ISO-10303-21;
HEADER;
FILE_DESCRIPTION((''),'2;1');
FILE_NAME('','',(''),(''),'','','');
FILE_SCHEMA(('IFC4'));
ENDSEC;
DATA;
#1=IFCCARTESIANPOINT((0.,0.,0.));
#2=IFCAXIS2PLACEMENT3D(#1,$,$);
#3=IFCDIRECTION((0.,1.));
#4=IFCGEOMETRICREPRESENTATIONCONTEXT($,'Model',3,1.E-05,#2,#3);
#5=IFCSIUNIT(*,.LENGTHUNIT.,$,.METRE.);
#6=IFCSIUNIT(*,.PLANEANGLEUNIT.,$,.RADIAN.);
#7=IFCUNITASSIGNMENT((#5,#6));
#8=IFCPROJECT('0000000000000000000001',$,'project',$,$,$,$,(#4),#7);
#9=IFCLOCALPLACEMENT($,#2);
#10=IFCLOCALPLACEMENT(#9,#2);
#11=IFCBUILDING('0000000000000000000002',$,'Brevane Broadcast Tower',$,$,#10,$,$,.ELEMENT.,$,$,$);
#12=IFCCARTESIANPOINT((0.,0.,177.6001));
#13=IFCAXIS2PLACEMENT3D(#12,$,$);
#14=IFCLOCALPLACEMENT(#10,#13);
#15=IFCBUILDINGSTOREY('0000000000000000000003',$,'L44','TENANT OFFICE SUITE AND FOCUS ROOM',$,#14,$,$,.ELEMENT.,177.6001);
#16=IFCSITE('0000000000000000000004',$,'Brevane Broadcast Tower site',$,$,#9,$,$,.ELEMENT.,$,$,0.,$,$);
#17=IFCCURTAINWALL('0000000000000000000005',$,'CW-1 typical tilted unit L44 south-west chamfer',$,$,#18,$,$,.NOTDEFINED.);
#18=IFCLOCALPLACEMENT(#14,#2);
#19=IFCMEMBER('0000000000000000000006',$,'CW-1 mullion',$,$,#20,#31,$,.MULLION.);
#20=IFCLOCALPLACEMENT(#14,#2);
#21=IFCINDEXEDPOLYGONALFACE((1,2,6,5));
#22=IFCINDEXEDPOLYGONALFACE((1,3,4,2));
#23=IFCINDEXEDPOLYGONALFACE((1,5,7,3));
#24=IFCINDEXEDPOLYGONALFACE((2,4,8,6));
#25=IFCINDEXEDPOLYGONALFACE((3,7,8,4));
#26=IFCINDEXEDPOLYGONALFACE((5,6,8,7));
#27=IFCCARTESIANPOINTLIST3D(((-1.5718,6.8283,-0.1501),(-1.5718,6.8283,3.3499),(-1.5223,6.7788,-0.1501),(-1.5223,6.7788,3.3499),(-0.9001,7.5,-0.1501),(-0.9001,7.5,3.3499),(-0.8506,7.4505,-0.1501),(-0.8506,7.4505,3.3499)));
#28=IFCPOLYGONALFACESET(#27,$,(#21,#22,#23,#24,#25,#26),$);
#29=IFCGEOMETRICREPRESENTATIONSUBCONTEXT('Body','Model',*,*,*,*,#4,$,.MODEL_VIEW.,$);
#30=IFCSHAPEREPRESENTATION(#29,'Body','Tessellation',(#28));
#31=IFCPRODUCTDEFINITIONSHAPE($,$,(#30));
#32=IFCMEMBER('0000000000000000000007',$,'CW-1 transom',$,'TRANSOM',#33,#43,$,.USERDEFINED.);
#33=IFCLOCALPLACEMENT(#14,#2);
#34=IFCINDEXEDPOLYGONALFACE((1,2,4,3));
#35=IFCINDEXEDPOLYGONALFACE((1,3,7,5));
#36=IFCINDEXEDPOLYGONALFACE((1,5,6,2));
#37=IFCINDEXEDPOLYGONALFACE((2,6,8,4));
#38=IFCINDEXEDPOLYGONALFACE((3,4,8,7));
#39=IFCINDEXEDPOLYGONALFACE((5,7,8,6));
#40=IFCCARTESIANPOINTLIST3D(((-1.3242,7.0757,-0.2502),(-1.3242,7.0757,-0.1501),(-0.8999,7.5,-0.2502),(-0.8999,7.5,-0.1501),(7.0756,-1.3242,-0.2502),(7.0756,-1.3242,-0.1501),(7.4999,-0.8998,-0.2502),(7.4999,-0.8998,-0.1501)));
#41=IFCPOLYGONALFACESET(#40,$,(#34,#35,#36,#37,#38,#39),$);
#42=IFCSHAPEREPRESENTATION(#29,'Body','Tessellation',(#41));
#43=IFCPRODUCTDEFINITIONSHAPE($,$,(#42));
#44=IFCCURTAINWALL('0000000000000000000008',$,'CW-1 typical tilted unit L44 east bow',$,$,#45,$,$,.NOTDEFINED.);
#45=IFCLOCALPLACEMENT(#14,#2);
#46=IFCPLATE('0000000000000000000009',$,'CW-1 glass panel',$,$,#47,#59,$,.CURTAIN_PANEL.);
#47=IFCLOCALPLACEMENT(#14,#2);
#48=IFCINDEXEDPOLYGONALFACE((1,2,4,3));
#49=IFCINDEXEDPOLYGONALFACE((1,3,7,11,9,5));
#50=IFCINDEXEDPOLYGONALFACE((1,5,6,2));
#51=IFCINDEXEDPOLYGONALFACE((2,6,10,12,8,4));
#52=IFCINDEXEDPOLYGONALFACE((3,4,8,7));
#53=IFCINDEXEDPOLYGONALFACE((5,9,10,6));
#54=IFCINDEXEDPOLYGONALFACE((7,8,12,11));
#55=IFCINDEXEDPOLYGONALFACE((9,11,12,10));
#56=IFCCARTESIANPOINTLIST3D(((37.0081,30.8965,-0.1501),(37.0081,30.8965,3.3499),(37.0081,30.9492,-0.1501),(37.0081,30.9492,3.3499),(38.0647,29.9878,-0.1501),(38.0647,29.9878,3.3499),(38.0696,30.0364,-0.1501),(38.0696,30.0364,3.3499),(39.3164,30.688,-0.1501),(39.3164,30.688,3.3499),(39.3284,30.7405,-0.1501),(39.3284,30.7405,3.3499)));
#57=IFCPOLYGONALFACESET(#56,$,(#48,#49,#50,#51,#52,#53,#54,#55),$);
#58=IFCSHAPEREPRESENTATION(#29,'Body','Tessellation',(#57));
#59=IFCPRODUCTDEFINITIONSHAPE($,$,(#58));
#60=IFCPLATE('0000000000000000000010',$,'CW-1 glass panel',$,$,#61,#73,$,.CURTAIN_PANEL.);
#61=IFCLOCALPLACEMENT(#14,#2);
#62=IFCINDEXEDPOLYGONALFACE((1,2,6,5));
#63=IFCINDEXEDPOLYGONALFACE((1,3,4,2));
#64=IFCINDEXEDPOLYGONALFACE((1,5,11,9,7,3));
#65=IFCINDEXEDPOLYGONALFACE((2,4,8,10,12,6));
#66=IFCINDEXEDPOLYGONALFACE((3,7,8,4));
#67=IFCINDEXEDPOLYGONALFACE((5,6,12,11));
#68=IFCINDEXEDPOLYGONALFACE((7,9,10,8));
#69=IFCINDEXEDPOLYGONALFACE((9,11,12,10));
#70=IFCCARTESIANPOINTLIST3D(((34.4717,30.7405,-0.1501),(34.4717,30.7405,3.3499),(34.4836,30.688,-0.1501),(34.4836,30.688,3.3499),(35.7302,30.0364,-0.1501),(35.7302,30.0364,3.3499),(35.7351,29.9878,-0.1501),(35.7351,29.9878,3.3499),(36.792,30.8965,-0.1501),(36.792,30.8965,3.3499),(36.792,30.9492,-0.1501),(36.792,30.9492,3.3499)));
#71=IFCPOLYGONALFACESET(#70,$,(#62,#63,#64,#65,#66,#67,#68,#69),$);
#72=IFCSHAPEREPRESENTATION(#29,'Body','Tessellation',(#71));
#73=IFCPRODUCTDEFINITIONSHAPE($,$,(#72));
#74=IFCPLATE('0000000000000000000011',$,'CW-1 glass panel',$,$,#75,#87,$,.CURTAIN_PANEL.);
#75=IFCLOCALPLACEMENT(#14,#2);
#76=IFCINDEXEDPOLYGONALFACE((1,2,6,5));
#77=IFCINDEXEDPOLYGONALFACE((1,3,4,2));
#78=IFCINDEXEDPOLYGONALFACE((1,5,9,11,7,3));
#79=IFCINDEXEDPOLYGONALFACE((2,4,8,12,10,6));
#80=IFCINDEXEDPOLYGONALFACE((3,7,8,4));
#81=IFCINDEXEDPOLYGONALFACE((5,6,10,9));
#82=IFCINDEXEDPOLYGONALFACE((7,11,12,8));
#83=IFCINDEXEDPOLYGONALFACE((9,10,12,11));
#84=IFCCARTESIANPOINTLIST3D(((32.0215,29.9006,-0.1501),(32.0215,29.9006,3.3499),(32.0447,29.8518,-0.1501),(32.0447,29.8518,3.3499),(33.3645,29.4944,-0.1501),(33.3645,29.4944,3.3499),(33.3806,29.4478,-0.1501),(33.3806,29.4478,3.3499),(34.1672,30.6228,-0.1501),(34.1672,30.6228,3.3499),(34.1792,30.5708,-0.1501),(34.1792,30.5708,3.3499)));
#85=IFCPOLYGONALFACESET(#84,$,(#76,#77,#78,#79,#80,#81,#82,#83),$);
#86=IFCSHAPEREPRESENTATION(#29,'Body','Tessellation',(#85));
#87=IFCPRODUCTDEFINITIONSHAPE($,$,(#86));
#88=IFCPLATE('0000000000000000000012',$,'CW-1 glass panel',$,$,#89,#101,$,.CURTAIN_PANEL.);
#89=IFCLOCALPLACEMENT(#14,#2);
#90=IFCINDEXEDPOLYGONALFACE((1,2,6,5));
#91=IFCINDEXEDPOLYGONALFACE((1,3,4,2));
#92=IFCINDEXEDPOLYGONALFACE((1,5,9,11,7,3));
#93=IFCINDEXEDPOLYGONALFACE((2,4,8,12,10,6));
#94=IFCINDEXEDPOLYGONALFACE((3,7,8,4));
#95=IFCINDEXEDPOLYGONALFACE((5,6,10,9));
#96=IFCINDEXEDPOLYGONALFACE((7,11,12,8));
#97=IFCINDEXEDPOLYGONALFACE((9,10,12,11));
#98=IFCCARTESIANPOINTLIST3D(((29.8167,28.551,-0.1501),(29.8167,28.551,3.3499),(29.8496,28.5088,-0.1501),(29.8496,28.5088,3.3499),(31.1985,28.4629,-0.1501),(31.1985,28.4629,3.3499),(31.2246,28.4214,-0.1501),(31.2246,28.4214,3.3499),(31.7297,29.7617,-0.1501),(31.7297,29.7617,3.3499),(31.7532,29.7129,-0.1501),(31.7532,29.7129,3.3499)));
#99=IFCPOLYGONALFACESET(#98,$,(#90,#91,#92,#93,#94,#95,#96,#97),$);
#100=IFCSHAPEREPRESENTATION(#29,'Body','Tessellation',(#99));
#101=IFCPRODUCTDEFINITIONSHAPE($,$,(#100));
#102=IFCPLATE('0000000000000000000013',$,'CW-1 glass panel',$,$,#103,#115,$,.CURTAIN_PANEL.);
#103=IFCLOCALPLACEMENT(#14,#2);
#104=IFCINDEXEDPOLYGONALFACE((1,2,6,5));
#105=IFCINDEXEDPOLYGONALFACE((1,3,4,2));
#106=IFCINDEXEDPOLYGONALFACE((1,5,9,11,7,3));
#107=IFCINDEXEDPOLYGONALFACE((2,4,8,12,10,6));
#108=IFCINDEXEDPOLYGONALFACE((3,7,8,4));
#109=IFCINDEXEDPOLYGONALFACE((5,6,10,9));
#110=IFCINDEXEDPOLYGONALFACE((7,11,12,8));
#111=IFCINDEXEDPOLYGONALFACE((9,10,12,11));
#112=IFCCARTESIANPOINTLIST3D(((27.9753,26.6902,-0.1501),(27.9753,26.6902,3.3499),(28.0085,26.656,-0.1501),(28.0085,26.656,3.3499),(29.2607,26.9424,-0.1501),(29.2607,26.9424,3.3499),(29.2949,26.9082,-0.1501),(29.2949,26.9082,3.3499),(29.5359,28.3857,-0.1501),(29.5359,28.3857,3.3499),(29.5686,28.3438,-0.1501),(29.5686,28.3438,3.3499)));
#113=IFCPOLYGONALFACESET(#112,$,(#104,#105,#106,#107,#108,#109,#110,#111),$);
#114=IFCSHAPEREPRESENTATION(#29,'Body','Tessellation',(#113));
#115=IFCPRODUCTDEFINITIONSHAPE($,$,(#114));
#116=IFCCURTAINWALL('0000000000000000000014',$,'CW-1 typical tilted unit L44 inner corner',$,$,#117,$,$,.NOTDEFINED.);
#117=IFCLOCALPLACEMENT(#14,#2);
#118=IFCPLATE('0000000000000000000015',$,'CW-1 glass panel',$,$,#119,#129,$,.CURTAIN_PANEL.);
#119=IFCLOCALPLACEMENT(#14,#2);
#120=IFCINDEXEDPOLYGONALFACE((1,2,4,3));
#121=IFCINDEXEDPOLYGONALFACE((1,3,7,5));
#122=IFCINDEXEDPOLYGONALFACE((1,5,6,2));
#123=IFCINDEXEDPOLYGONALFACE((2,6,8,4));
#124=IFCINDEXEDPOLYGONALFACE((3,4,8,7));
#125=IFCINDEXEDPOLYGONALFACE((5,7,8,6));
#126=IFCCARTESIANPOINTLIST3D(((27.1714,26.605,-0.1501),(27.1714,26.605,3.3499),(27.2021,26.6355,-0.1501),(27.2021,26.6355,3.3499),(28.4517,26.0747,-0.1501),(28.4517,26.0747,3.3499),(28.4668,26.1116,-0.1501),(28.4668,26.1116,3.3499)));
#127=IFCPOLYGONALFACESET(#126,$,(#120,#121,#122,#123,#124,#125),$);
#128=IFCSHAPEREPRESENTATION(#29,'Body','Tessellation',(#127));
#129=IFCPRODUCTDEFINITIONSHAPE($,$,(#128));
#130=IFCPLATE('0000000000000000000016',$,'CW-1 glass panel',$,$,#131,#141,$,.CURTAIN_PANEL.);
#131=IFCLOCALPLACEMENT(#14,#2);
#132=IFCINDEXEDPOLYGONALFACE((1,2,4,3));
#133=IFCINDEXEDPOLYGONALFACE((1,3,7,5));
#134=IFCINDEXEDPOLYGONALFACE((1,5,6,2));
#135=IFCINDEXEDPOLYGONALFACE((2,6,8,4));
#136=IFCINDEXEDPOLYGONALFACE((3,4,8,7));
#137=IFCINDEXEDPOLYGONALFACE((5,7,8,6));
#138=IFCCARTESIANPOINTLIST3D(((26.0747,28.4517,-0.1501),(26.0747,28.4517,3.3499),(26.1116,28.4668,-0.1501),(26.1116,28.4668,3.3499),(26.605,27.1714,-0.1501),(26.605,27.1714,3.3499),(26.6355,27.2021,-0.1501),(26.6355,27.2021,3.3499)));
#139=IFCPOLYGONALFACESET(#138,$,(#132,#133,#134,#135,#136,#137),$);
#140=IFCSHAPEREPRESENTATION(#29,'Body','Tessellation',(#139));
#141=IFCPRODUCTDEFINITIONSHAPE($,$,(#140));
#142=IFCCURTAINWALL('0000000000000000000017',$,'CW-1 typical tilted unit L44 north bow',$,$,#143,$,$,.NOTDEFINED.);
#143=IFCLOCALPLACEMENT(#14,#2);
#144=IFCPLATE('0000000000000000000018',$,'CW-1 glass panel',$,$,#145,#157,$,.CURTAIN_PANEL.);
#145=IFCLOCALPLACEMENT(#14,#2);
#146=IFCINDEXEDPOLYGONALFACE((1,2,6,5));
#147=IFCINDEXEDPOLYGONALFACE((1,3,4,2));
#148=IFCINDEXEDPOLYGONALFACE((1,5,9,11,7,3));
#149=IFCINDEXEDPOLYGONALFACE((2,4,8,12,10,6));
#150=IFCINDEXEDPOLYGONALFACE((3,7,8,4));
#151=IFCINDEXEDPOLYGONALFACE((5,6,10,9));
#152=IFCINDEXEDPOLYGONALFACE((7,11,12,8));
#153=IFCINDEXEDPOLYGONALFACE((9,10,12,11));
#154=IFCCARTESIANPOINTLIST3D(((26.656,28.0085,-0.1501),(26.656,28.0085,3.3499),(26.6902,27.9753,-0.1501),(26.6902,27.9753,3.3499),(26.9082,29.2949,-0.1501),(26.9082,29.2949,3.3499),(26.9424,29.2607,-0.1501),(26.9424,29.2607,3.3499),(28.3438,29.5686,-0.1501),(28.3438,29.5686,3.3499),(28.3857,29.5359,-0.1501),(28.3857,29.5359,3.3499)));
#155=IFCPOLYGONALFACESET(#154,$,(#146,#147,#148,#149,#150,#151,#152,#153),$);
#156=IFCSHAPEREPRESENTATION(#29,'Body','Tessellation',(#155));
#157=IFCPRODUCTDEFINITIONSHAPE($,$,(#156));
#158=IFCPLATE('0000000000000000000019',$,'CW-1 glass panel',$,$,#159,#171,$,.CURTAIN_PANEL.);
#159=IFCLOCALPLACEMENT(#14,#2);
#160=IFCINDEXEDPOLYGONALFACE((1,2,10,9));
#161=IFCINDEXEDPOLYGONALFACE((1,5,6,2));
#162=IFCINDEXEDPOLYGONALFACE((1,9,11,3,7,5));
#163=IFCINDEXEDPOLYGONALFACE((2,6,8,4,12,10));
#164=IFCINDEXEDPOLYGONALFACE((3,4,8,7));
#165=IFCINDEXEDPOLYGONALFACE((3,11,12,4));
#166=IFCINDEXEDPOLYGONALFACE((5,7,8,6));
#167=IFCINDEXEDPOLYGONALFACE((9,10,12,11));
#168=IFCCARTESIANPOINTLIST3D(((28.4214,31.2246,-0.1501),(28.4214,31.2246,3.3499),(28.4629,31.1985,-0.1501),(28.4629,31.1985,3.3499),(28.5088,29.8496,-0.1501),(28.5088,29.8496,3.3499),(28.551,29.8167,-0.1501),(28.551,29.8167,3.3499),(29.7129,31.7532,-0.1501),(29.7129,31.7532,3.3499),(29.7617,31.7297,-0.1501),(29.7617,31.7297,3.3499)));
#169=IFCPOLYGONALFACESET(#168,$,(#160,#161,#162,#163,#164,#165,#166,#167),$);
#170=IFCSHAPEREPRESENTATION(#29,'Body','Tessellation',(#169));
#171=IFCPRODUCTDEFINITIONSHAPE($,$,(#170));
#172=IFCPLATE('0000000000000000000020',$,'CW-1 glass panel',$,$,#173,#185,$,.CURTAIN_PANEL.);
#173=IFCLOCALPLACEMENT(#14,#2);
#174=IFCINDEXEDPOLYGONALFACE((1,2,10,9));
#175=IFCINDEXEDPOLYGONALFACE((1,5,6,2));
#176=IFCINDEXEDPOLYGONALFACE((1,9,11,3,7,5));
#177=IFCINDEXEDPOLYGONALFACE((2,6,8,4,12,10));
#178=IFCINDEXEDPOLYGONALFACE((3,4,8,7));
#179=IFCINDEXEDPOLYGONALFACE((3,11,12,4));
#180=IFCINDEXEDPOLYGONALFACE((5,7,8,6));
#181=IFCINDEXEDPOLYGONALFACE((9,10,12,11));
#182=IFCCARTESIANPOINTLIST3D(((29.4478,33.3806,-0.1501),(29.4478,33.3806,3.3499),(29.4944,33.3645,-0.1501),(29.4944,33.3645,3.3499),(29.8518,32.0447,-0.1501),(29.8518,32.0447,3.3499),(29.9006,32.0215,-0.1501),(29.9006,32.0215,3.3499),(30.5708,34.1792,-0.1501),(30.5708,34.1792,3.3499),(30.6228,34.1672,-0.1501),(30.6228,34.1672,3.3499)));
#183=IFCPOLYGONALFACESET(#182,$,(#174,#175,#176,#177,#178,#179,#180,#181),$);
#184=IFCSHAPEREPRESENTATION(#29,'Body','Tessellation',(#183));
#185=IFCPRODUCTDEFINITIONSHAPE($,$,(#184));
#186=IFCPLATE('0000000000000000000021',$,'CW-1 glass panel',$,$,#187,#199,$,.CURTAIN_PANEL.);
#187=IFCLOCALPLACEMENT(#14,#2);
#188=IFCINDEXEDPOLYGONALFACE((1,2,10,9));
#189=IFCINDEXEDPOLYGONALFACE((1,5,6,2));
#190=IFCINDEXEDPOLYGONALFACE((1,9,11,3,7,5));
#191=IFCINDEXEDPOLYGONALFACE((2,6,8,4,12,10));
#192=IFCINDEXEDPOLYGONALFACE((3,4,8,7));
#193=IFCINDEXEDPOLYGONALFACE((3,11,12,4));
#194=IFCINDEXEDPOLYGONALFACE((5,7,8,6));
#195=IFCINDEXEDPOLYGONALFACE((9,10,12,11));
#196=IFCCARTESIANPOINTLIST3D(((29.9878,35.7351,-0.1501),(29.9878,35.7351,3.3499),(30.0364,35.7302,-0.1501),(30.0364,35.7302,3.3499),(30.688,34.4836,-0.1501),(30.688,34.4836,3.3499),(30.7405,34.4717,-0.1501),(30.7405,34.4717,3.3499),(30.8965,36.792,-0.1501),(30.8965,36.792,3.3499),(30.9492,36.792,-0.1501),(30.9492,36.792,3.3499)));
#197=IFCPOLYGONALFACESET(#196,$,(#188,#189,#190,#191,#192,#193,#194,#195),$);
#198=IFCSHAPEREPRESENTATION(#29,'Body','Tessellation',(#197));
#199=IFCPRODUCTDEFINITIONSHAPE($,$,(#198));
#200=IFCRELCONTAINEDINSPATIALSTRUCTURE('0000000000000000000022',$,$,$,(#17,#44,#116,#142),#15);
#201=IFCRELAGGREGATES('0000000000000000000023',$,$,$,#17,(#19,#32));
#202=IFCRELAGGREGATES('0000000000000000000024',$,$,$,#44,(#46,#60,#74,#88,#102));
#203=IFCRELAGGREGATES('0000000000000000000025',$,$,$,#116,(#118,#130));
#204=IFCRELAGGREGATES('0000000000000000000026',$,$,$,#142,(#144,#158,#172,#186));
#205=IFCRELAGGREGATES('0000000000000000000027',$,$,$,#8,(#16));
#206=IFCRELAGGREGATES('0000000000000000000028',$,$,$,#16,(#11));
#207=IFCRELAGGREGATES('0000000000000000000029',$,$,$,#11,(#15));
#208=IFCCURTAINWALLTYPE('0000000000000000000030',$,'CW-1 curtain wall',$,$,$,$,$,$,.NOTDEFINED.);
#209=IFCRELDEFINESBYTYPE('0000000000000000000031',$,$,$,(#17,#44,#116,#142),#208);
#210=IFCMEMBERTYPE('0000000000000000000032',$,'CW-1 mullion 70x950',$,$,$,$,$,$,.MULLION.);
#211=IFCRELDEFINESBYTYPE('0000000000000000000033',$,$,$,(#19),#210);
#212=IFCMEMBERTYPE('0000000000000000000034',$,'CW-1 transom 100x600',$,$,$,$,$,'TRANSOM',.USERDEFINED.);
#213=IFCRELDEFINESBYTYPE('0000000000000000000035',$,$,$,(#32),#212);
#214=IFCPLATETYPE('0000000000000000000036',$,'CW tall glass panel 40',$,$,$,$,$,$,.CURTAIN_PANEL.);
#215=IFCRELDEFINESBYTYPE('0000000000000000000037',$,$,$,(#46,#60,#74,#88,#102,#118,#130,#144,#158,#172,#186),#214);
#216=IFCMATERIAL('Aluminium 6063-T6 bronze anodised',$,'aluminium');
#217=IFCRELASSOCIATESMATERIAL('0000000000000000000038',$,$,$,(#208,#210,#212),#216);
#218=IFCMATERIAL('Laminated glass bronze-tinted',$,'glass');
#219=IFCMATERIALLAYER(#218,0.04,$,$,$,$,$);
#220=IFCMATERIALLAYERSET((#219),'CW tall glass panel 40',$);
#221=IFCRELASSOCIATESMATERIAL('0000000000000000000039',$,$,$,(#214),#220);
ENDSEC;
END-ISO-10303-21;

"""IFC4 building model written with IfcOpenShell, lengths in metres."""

from ifc_helpers import new_model, si_unit, direction, frame, origin, origin_2d, place, context, subcontext, project, spatial, polyline, rectangle, outline, extrude, material, layer, layer_set, material_profile, profile_set, type_object, element, aggregate, save


model = new_model("IFC4")

# Units and contexts
model_context = context("Model", 3, precision=1e-05, world=origin(), true_north=direction((0.0, 1.0)))
body_context = subcontext(model_context, "Body", "Model", "MODEL_VIEW")
ifc_project = project(units=[si_unit("LENGTHUNIT", "METRE"), si_unit("PLANEANGLEUNIT", "RADIAN")], contexts=[model_context])

# Site, building, storey
site_placement = place(None, origin())
site = spatial("IfcSite", under=ifc_project, at=site_placement, Name="Brevane Broadcast Tower site", CompositionType="ELEMENT", RefElevation=0.0)
building_placement = place(site_placement, origin())
building = spatial("IfcBuilding", under=site, at=building_placement, Name="Brevane Broadcast Tower", CompositionType="ELEMENT")
storey_placement = place(building_placement, frame((0.0, 0.0, 177.6001)))
storey = spatial("IfcBuildingStorey", under=building, at=storey_placement, Name="L44", Description="TENANT OFFICE SUITE AND FOCUS ROOM", CompositionType="ELEMENT", Elevation=177.6001)

# Curtain wall, members
ifc_material_1 = material(Name="Aluminium 6063-T6 bronze anodised", Category="aluminium")
curtain_wall_type = type_object("IfcCurtainWallType", Name="CW-1 curtain wall", PredefinedType="NOTDEFINED", material=ifc_material_1)
curtain_wall_1_placement = place(storey_placement, origin())
curtain_wall_1 = element("IfcCurtainWall", 1, at=curtain_wall_1_placement, inside=storey, type_object=curtain_wall_type, Name="CW-1 typical tilted unit L44 south-west chamfer", PredefinedType="NOTDEFINED")
ifc_material_profile_1 = material_profile(ifc_material_1, rectangle(XDim=0.95, YDim=0.0701, at=origin_2d()), Name="RECT 70x950")
ifc_profile_set_1 = profile_set([ifc_material_profile_1], Name="Aluminium 6063-T6 bronze anodised")
member_type_1 = type_object("IfcMemberType", Name="CW-1 mullion 70x950", PredefinedType="MULLION", material=ifc_profile_set_1)
member_1_placement = place(storey_placement, frame((-1.2112, 7.1394, -0.1501), z_axis=(0.0, 0.0, 1.0), x_axis=(0.707107, 0.707107, 0.0)))
member_1 = element("IfcMember", 2, at=member_1_placement, type_object=member_type_1, Name="CW-1 mullion", PredefinedType="MULLION", context=body_context, shape_type="SweptSolid", body=[
    extrude(rectangle(XDim=0.95, YDim=0.0701, at=origin_2d()), origin(), (0.0, 0.0, 1.0), 3.5),
])
ifc_material_profile_2 = material_profile(ifc_material_1, rectangle(XDim=0.6001, YDim=0.1001, at=origin_2d()), Name="RECT 100x600")
ifc_profile_set_2 = profile_set([ifc_material_profile_2], Name="Aluminium 6063-T6 bronze anodised")
member_type_2 = type_object("IfcMemberType", Name="CW-1 transom 100x600", ElementType="TRANSOM", PredefinedType="USERDEFINED", material=ifc_profile_set_2)
member_2_placement = place(storey_placement, frame((-1.1121, 7.2878, -0.2002), z_axis=(0.707107, -0.707107, 0.0), x_axis=(0.707107, 0.707107, 0.0)))
member_2 = element("IfcMember", 3, at=member_2_placement, type_object=member_type_2, Name="CW-1 transom", ObjectType="TRANSOM", PredefinedType="USERDEFINED", context=body_context, shape_type="SweptSolid", body=[
    extrude(rectangle(XDim=0.6001, YDim=0.1001, at=origin_2d()), origin(), (0.0, 0.0, 1.0), 11.8792),
])
aggregate(curtain_wall_1, [member_1, member_2])

# Curtain walls, plates
curtain_wall_2_placement = place(storey_placement, origin())
curtain_wall_2 = element("IfcCurtainWall", 4, at=curtain_wall_2_placement, inside=storey, type_object=curtain_wall_type, Name="CW-1 typical tilted unit L44 east bow", PredefinedType="NOTDEFINED")
ifc_material_2 = material(Name="Laminated glass bronze-tinted", Category="glass")
ifc_layer = layer(ifc_material_2, 0.04)
ifc_layer_set = layer_set([ifc_layer], Name="CW tall glass panel 40")
plate_type = type_object("IfcPlateType", Name="CW tall glass panel 40", PredefinedType="CURTAIN_PANEL", material=ifc_layer_set)
plate_1_placement = place(storey_placement, frame((0.0, 0.0, -0.1501)))
plate_1 = element("IfcPlate", 5, at=plate_1_placement, type_object=plate_type, Name="CW-1 glass panel", PredefinedType="CURTAIN_PANEL", context=body_context, shape_type="SweptSolid", body=[
    extrude(outline(polyline([(39.3164, 30.688), (39.3284, 30.7405), (38.0696, 30.0364), (37.0081, 30.9492), (37.0081, 30.8965), (38.0647, 29.9878), (39.3164, 30.688)])), origin(), (0.0, 0.0, 1.0), 3.5),
])
plate_2_placement = place(storey_placement, frame((0.0, 0.0, -0.1501)))
plate_2 = element("IfcPlate", 6, at=plate_2_placement, type_object=plate_type, Name="CW-1 glass panel", PredefinedType="CURTAIN_PANEL", context=body_context, shape_type="SweptSolid", body=[
    extrude(outline(polyline([(36.792, 30.8965), (36.792, 30.9492), (35.7302, 30.0364), (34.4717, 30.7405), (34.4836, 30.688), (35.7351, 29.9878), (36.792, 30.8965)])), origin(), (0.0, 0.0, 1.0), 3.5),
])
plate_3_placement = place(storey_placement, frame((0.0, 0.0, -0.1501)))
plate_3 = element("IfcPlate", 7, at=plate_3_placement, type_object=plate_type, Name="CW-1 glass panel", PredefinedType="CURTAIN_PANEL", context=body_context, shape_type="SweptSolid", body=[
    extrude(outline(polyline([(34.1792, 30.5708), (34.1672, 30.6228), (33.3645, 29.4944), (32.0215, 29.9006), (32.0447, 29.8518), (33.3806, 29.4478), (34.1792, 30.5708)])), origin(), (0.0, 0.0, 1.0), 3.5),
])
plate_4_placement = place(storey_placement, frame((0.0, 0.0, -0.1501)))
plate_4 = element("IfcPlate", 8, at=plate_4_placement, type_object=plate_type, Name="CW-1 glass panel", PredefinedType="CURTAIN_PANEL", context=body_context, shape_type="SweptSolid", body=[
    extrude(outline(polyline([(31.7532, 29.7129), (31.7297, 29.7617), (31.1985, 28.4629), (29.8167, 28.551), (29.8496, 28.5088), (31.2246, 28.4214), (31.7532, 29.7129)])), origin(), (0.0, 0.0, 1.0), 3.5),
])
plate_5_placement = place(storey_placement, frame((0.0, 0.0, -0.1501)))
plate_5 = element("IfcPlate", 9, at=plate_5_placement, type_object=plate_type, Name="CW-1 glass panel", PredefinedType="CURTAIN_PANEL", context=body_context, shape_type="SweptSolid", body=[
    extrude(outline(polyline([(29.5686, 28.3438), (29.5359, 28.3857), (29.2607, 26.9424), (27.9753, 26.6902), (28.0085, 26.656), (29.2949, 26.9082), (29.5686, 28.3438)])), origin(), (0.0, 0.0, 1.0), 3.5),
])
aggregate(curtain_wall_2, [plate_1, plate_2, plate_3, plate_4, plate_5])
curtain_wall_3_placement = place(storey_placement, origin())
curtain_wall_3 = element("IfcCurtainWall", 10, at=curtain_wall_3_placement, inside=storey, type_object=curtain_wall_type, Name="CW-1 typical tilted unit L44 inner corner", PredefinedType="NOTDEFINED")
plate_6_placement = place(storey_placement, frame((0.0, 0.0, -0.1501)))
plate_6 = element("IfcPlate", 11, at=plate_6_placement, type_object=plate_type, Name="CW-1 glass panel", PredefinedType="CURTAIN_PANEL", context=body_context, shape_type="SweptSolid", body=[
    extrude(outline(polyline([(28.4517, 26.0747), (28.4668, 26.1116), (27.2021, 26.6355), (27.1714, 26.605), (28.4517, 26.0747)])), origin(), (0.0, 0.0, 1.0), 3.5),
])
plate_7_placement = place(storey_placement, frame((0.0, 0.0, -0.1501)))
plate_7 = element("IfcPlate", 12, at=plate_7_placement, type_object=plate_type, Name="CW-1 glass panel", PredefinedType="CURTAIN_PANEL", context=body_context, shape_type="SweptSolid", body=[
    extrude(outline(polyline([(26.605, 27.1714), (26.6355, 27.2021), (26.1116, 28.4668), (26.0747, 28.4517), (26.605, 27.1714)])), origin(), (0.0, 0.0, 1.0), 3.5),
])
aggregate(curtain_wall_3, [plate_6, plate_7])
curtain_wall_4_placement = place(storey_placement, origin())
curtain_wall_4 = element("IfcCurtainWall", 13, at=curtain_wall_4_placement, inside=storey, type_object=curtain_wall_type, Name="CW-1 typical tilted unit L44 north bow", PredefinedType="NOTDEFINED")
plate_8_placement = place(storey_placement, frame((0.0, 0.0, -0.1501)))
plate_8 = element("IfcPlate", 14, at=plate_8_placement, type_object=plate_type, Name="CW-1 glass panel", PredefinedType="CURTAIN_PANEL", context=body_context, shape_type="SweptSolid", body=[
    extrude(outline(polyline([(26.656, 28.0085), (26.6902, 27.9753), (26.9424, 29.2607), (28.3857, 29.5359), (28.3438, 29.5686), (26.9082, 29.2949), (26.656, 28.0085)])), origin(), (0.0, 0.0, 1.0), 3.5),
])
plate_9_placement = place(storey_placement, frame((0.0, 0.0, -0.1501)))
plate_9 = element("IfcPlate", 15, at=plate_9_placement, type_object=plate_type, Name="CW-1 glass panel", PredefinedType="CURTAIN_PANEL", context=body_context, shape_type="SweptSolid", body=[
    extrude(outline(polyline([(28.5088, 29.8496), (28.551, 29.8167), (28.4629, 31.1985), (29.7617, 31.7297), (29.7129, 31.7532), (28.4214, 31.2246), (28.5088, 29.8496)])), origin(), (0.0, 0.0, 1.0), 3.5),
])
plate_10_placement = place(storey_placement, frame((0.0, 0.0, -0.1501)))
plate_10 = element("IfcPlate", 16, at=plate_10_placement, type_object=plate_type, Name="CW-1 glass panel", PredefinedType="CURTAIN_PANEL", context=body_context, shape_type="SweptSolid", body=[
    extrude(outline(polyline([(29.8518, 32.0447), (29.9006, 32.0215), (29.4944, 33.3645), (30.6228, 34.1672), (30.5708, 34.1792), (29.4478, 33.3806), (29.8518, 32.0447)])), origin(), (0.0, 0.0, 1.0), 3.5),
])
plate_11_placement = place(storey_placement, frame((0.0, 0.0, -0.1501)))
plate_11 = element("IfcPlate", 17, at=plate_11_placement, type_object=plate_type, Name="CW-1 glass panel", PredefinedType="CURTAIN_PANEL", context=body_context, shape_type="SweptSolid", body=[
    extrude(outline(polyline([(30.688, 34.4836), (30.7405, 34.4717), (30.0364, 35.7302), (30.9492, 36.792), (30.8965, 36.792), (29.9878, 35.7351), (30.688, 34.4836)])), origin(), (0.0, 0.0, 1.0), 3.5),
])
aggregate(curtain_wall_4, [plate_8, plate_9, plate_10, plate_11])

save(model, "model.ifc")
